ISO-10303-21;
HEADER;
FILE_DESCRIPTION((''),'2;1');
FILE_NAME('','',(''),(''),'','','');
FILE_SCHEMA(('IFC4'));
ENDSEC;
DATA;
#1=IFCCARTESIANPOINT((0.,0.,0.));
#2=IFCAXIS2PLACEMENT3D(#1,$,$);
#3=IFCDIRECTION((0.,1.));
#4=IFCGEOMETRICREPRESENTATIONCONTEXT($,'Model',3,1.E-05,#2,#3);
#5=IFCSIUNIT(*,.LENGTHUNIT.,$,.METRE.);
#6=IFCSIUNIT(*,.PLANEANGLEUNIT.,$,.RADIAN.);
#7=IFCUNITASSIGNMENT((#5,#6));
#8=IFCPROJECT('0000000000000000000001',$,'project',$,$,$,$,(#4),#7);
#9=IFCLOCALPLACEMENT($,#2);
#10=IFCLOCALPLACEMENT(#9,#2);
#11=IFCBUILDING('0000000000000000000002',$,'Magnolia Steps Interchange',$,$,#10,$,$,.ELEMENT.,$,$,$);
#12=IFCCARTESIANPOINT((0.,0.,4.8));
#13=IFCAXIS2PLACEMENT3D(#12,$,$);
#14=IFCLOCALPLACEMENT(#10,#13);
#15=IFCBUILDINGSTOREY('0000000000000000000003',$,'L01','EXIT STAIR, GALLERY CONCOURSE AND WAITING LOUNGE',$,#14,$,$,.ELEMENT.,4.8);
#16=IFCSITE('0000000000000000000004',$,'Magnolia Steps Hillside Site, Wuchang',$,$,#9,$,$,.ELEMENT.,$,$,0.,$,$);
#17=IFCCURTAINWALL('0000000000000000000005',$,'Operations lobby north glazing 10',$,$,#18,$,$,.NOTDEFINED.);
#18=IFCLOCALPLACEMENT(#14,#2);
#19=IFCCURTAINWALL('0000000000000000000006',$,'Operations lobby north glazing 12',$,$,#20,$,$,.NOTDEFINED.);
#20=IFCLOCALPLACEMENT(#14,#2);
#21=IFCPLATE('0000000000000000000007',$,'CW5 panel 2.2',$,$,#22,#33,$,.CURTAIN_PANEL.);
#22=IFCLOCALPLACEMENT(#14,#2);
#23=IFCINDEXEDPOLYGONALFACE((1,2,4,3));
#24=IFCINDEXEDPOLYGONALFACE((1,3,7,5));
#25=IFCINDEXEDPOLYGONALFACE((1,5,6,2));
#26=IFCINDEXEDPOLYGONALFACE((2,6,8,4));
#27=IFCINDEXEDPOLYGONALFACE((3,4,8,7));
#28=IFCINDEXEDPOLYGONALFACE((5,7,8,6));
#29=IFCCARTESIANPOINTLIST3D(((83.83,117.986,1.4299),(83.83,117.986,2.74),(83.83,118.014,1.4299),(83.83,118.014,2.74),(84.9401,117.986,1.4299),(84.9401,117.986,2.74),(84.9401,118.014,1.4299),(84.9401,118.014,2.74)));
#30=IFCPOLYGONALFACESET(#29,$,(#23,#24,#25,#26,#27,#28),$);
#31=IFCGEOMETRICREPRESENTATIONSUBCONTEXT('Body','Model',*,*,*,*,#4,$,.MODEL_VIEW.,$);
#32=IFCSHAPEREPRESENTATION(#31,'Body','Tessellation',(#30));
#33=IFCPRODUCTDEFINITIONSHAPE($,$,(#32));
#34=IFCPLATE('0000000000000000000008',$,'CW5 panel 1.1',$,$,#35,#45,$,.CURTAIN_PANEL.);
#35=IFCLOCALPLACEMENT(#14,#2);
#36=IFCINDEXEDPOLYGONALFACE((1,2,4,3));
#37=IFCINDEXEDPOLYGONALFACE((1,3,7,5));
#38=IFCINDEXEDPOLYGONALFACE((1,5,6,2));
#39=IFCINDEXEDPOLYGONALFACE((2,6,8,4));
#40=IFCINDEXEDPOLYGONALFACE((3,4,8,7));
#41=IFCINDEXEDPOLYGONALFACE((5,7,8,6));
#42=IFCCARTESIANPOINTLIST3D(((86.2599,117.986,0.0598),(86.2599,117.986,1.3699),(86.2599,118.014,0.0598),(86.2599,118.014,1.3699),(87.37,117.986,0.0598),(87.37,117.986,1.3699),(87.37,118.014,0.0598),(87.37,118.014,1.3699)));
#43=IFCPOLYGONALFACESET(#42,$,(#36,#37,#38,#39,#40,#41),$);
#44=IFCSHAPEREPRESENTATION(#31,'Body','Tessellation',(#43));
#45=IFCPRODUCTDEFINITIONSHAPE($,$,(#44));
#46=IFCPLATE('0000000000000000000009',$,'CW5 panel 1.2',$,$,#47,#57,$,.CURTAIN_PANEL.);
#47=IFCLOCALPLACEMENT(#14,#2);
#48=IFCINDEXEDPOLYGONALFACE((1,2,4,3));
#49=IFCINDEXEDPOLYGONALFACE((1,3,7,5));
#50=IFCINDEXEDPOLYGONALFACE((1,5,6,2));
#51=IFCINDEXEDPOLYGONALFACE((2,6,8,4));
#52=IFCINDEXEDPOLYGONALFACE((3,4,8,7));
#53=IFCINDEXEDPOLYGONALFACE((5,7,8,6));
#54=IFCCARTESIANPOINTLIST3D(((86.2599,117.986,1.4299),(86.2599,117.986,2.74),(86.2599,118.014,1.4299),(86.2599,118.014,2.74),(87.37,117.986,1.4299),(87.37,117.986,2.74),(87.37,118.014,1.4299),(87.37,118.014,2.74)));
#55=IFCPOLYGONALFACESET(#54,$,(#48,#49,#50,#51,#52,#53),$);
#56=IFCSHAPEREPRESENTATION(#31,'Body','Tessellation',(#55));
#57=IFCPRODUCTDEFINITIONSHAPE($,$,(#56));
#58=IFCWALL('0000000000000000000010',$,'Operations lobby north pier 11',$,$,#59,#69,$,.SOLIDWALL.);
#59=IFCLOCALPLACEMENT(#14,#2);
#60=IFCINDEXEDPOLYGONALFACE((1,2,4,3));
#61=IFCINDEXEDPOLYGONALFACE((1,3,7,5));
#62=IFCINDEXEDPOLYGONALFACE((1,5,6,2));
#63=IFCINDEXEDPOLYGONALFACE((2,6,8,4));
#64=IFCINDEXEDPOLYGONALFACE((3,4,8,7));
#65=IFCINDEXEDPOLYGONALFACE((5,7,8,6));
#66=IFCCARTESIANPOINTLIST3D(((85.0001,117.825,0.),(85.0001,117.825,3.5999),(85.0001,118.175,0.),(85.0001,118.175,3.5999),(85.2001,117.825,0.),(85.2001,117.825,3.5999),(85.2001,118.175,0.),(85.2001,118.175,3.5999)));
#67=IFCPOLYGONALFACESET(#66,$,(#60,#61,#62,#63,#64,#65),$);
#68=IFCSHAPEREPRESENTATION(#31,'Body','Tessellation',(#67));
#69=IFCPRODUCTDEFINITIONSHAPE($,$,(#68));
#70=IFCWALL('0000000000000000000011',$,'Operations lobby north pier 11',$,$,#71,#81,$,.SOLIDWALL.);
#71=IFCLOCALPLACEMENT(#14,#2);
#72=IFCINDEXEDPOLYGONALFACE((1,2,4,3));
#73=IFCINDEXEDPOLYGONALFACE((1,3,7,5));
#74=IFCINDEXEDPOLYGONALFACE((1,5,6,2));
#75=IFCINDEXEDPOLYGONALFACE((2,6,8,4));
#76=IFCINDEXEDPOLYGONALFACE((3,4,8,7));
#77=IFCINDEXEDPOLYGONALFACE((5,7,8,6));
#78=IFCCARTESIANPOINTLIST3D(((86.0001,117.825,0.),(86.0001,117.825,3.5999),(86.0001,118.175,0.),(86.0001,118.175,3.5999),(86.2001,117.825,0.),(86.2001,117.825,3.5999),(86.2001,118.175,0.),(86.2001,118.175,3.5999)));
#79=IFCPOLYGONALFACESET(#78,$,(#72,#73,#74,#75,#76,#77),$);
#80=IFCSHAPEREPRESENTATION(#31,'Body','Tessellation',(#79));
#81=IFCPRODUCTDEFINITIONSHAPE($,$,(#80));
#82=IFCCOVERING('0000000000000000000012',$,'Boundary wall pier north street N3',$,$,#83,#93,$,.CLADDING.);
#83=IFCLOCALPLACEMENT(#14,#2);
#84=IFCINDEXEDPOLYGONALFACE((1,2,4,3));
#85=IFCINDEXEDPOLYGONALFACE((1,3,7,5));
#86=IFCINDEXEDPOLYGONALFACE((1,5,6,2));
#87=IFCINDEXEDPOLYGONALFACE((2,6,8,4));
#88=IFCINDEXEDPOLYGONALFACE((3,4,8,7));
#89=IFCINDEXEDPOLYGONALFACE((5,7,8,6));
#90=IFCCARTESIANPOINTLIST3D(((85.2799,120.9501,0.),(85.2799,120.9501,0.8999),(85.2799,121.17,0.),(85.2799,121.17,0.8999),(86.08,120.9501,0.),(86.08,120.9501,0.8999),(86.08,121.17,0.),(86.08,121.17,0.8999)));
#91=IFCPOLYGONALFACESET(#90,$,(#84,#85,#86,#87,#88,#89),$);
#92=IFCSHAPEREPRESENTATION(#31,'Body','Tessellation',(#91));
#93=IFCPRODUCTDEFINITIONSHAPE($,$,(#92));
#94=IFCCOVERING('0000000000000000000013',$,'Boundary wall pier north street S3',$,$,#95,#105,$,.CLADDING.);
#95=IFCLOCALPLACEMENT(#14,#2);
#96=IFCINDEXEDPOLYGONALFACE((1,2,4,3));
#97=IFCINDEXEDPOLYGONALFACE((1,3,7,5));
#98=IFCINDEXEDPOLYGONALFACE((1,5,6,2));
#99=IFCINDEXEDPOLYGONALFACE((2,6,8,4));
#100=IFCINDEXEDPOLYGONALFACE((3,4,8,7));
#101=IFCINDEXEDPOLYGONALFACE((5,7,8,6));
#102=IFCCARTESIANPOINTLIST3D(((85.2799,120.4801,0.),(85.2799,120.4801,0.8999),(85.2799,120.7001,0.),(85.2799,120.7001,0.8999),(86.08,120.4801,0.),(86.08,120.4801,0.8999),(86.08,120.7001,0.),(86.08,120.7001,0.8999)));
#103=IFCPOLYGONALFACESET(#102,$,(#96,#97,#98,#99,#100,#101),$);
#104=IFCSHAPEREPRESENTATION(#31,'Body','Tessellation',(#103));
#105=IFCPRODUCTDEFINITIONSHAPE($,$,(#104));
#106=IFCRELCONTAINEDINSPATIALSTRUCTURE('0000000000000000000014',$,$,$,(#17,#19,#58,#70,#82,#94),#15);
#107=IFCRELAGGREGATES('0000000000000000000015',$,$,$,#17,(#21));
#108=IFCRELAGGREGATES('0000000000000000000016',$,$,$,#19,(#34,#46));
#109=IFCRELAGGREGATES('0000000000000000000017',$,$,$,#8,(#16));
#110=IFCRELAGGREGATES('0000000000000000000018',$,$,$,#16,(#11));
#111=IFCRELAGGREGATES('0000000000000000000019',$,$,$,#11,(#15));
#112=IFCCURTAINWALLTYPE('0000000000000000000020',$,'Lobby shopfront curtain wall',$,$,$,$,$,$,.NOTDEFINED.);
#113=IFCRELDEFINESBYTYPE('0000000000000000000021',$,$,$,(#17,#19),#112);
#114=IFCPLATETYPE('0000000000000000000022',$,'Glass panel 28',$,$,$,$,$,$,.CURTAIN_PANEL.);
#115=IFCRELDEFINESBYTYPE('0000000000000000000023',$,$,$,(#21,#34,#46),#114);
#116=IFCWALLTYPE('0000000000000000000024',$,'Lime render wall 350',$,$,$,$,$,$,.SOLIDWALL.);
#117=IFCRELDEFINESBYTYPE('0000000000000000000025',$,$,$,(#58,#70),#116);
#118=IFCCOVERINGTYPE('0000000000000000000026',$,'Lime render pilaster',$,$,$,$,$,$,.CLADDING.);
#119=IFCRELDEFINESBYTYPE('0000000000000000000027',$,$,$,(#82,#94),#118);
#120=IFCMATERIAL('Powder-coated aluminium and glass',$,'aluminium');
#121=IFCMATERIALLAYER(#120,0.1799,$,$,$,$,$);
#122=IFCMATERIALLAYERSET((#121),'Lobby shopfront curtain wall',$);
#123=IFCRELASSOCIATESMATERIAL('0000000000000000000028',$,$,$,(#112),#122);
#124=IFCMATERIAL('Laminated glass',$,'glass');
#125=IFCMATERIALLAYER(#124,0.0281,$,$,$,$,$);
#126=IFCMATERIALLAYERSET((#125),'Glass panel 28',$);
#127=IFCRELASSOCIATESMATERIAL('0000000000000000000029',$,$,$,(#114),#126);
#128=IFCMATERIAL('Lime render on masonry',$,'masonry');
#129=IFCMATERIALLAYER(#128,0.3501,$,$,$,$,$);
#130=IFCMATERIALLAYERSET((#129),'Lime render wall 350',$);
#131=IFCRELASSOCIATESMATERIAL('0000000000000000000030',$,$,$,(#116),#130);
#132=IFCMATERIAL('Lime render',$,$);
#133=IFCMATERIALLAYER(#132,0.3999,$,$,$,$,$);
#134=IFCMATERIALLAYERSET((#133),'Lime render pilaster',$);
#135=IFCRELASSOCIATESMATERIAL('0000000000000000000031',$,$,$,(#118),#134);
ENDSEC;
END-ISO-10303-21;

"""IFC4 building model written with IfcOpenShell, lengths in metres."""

from ifc_helpers import new_model, si_unit, direction, frame, frame_2d, origin, origin_2d, place, context, subcontext, project, spatial, rectangle, extrude, material, layer, layer_set, type_object, element, aggregate, save


model = new_model("IFC4")

# Units and contexts
model_context = context("Model", 3, precision=1e-05, world=origin(), true_north=direction((0.0, 1.0)))
body_context = subcontext(model_context, "Body", "Model", "MODEL_VIEW")
ifc_project = project(units=[si_unit("LENGTHUNIT", "METRE"), si_unit("PLANEANGLEUNIT", "RADIAN")], contexts=[model_context])

# Site, building, storey
site_placement = place(None, origin())
site = spatial("IfcSite", under=ifc_project, at=site_placement, Name="Magnolia Steps Hillside Site, Wuchang", CompositionType="ELEMENT", RefElevation=0.0)
building_placement = place(site_placement, origin())
building = spatial("IfcBuilding", under=site, at=building_placement, Name="Magnolia Steps Interchange", CompositionType="ELEMENT")
storey_placement = place(building_placement, frame((0.0, 0.0, 4.8)))
storey = spatial("IfcBuildingStorey", under=building, at=storey_placement, Name="L01", Description="EXIT STAIR, GALLERY CONCOURSE AND WAITING LOUNGE", CompositionType="ELEMENT", Elevation=4.8)

# Curtain wall
ifc_material_1 = material(Name="Powder-coated aluminium and glass", Category="aluminium")
ifc_layer_1 = layer(ifc_material_1, 0.1799)
ifc_layer_set_1 = layer_set([ifc_layer_1], Name="Lobby shopfront curtain wall")
curtain_wall_type = type_object("IfcCurtainWallType", Name="Lobby shopfront curtain wall", PredefinedType="NOTDEFINED", material=ifc_layer_set_1)
curtain_wall_1_placement = place(storey_placement, origin())
curtain_wall_1 = element("IfcCurtainWall", 1, at=curtain_wall_1_placement, inside=storey, type_object=curtain_wall_type, Name="Operations lobby north glazing 10", PredefinedType="NOTDEFINED")

# Curtain wall
curtain_wall_2_placement = place(storey_placement, origin())
curtain_wall_2 = element("IfcCurtainWall", 2, at=curtain_wall_2_placement, inside=storey, type_object=curtain_wall_type, Name="Operations lobby north glazing 12", PredefinedType="NOTDEFINED")

# Plates
ifc_material_2 = material(Name="Laminated glass", Category="glass")
ifc_layer_2 = layer(ifc_material_2, 0.0281)
ifc_layer_set_2 = layer_set([ifc_layer_2], Name="Glass panel 28")
plate_type = type_object("IfcPlateType", Name="Glass panel 28", PredefinedType="CURTAIN_PANEL", material=ifc_layer_set_2)
plate_1_placement = place(storey_placement, frame((84.385, 118.0, 1.4299), z_axis=(0.0, 0.0, 1.0), x_axis=(1.0, 0.0, 0.0)))
plate_1 = element("IfcPlate", 3, at=plate_1_placement, type_object=plate_type, Name="CW5 panel 2.2", PredefinedType="CURTAIN_PANEL", context=body_context, shape_type="SweptSolid", body=[
    extrude(rectangle(XDim=1.1101, YDim=0.0281, at=origin_2d()), origin(), (0.0, 0.0, 1.0), 1.3101),
])
aggregate(curtain_wall_1, [plate_1])
plate_2_placement = place(storey_placement, frame((86.8149, 118.0, 0.0598), z_axis=(0.0, 0.0, 1.0), x_axis=(1.0, 0.0, 0.0)))
plate_2 = element("IfcPlate", 4, at=plate_2_placement, type_object=plate_type, Name="CW5 panel 1.1", PredefinedType="CURTAIN_PANEL", context=body_context, shape_type="SweptSolid", body=[
    extrude(rectangle(XDim=1.1101, YDim=0.0281, at=origin_2d()), origin(), (0.0, 0.0, 1.0), 1.3101),
])
plate_3_placement = place(storey_placement, frame((86.8149, 118.0, 1.4299), z_axis=(0.0, 0.0, 1.0), x_axis=(1.0, 0.0, 0.0)))
plate_3 = element("IfcPlate", 5, at=plate_3_placement, type_object=plate_type, Name="CW5 panel 1.2", PredefinedType="CURTAIN_PANEL", context=body_context, shape_type="SweptSolid", body=[
    extrude(rectangle(XDim=1.1101, YDim=0.0281, at=origin_2d()), origin(), (0.0, 0.0, 1.0), 1.3101),
])
aggregate(curtain_wall_2, [plate_2, plate_3])

# Walls
ifc_material_3 = material(Name="Lime render on masonry", Category="masonry")
ifc_layer_3 = layer(ifc_material_3, 0.3501)
ifc_layer_set_3 = layer_set([ifc_layer_3], Name="Lime render wall 350")
wall_type = type_object("IfcWallType", Name="Lime render wall 350", PredefinedType="SOLIDWALL", material=ifc_layer_set_3)
for number, where, z_axis, x_axis, name in (
    (6, (85.0, 118.0, 0.0), (0.0, 0.0, 1.0), (1.0, 0.0, 0.0), "Operations lobby north pier 11"),
    (7, (86.0, 118.0, 0.0), (0.0, 0.0, 1.0), (1.0, 0.0, 0.0), "Operations lobby north pier 11"),
):
    element("IfcWall", number, at=place(storey_placement, frame(where, z_axis=z_axis, x_axis=x_axis)), inside=storey, type_object=wall_type, Name=name, PredefinedType="SOLIDWALL", context=body_context, shape_type="SweptSolid", body=[
        extrude(rectangle(XDim=0.2, YDim=0.3501, at=frame_2d((0.1001, 0.0))), origin(), (0.0, 0.0, 1.0), 3.5999),
    ])

# Coverings
ifc_material_4 = material(Name="Lime render")
ifc_layer_4 = layer(ifc_material_4, 0.3999)
ifc_layer_set_4 = layer_set([ifc_layer_4], Name="Lime render pilaster")
covering_type_1 = type_object("IfcCoveringType", Name="Lime render pilaster", PredefinedType="CLADDING", material=ifc_layer_set_4)
for number, where, z_axis, x_axis, name in (
    (8, (85.6799, 121.0601, 0.0), (0.0, 0.0, 1.0), (1.0, 0.0, 0.0), "Boundary wall pier north street N3"),
    (9, (85.6799, 120.5901, 0.0), (0.0, 0.0, 1.0), (1.0, 0.0, 0.0), "Boundary wall pier north street S3"),
):
    element("IfcCovering", number, at=place(storey_placement, frame(where, z_axis=z_axis, x_axis=x_axis)), inside=storey, type_object=covering_type_1, Name=name, PredefinedType="CLADDING", context=body_context, shape_type="SweptSolid", body=[
        extrude(rectangle(XDim=0.8, YDim=0.22, at=origin_2d()), origin(), (0.0, 0.0, 1.0), 0.8999),
    ])

save(model, "model.ifc")
